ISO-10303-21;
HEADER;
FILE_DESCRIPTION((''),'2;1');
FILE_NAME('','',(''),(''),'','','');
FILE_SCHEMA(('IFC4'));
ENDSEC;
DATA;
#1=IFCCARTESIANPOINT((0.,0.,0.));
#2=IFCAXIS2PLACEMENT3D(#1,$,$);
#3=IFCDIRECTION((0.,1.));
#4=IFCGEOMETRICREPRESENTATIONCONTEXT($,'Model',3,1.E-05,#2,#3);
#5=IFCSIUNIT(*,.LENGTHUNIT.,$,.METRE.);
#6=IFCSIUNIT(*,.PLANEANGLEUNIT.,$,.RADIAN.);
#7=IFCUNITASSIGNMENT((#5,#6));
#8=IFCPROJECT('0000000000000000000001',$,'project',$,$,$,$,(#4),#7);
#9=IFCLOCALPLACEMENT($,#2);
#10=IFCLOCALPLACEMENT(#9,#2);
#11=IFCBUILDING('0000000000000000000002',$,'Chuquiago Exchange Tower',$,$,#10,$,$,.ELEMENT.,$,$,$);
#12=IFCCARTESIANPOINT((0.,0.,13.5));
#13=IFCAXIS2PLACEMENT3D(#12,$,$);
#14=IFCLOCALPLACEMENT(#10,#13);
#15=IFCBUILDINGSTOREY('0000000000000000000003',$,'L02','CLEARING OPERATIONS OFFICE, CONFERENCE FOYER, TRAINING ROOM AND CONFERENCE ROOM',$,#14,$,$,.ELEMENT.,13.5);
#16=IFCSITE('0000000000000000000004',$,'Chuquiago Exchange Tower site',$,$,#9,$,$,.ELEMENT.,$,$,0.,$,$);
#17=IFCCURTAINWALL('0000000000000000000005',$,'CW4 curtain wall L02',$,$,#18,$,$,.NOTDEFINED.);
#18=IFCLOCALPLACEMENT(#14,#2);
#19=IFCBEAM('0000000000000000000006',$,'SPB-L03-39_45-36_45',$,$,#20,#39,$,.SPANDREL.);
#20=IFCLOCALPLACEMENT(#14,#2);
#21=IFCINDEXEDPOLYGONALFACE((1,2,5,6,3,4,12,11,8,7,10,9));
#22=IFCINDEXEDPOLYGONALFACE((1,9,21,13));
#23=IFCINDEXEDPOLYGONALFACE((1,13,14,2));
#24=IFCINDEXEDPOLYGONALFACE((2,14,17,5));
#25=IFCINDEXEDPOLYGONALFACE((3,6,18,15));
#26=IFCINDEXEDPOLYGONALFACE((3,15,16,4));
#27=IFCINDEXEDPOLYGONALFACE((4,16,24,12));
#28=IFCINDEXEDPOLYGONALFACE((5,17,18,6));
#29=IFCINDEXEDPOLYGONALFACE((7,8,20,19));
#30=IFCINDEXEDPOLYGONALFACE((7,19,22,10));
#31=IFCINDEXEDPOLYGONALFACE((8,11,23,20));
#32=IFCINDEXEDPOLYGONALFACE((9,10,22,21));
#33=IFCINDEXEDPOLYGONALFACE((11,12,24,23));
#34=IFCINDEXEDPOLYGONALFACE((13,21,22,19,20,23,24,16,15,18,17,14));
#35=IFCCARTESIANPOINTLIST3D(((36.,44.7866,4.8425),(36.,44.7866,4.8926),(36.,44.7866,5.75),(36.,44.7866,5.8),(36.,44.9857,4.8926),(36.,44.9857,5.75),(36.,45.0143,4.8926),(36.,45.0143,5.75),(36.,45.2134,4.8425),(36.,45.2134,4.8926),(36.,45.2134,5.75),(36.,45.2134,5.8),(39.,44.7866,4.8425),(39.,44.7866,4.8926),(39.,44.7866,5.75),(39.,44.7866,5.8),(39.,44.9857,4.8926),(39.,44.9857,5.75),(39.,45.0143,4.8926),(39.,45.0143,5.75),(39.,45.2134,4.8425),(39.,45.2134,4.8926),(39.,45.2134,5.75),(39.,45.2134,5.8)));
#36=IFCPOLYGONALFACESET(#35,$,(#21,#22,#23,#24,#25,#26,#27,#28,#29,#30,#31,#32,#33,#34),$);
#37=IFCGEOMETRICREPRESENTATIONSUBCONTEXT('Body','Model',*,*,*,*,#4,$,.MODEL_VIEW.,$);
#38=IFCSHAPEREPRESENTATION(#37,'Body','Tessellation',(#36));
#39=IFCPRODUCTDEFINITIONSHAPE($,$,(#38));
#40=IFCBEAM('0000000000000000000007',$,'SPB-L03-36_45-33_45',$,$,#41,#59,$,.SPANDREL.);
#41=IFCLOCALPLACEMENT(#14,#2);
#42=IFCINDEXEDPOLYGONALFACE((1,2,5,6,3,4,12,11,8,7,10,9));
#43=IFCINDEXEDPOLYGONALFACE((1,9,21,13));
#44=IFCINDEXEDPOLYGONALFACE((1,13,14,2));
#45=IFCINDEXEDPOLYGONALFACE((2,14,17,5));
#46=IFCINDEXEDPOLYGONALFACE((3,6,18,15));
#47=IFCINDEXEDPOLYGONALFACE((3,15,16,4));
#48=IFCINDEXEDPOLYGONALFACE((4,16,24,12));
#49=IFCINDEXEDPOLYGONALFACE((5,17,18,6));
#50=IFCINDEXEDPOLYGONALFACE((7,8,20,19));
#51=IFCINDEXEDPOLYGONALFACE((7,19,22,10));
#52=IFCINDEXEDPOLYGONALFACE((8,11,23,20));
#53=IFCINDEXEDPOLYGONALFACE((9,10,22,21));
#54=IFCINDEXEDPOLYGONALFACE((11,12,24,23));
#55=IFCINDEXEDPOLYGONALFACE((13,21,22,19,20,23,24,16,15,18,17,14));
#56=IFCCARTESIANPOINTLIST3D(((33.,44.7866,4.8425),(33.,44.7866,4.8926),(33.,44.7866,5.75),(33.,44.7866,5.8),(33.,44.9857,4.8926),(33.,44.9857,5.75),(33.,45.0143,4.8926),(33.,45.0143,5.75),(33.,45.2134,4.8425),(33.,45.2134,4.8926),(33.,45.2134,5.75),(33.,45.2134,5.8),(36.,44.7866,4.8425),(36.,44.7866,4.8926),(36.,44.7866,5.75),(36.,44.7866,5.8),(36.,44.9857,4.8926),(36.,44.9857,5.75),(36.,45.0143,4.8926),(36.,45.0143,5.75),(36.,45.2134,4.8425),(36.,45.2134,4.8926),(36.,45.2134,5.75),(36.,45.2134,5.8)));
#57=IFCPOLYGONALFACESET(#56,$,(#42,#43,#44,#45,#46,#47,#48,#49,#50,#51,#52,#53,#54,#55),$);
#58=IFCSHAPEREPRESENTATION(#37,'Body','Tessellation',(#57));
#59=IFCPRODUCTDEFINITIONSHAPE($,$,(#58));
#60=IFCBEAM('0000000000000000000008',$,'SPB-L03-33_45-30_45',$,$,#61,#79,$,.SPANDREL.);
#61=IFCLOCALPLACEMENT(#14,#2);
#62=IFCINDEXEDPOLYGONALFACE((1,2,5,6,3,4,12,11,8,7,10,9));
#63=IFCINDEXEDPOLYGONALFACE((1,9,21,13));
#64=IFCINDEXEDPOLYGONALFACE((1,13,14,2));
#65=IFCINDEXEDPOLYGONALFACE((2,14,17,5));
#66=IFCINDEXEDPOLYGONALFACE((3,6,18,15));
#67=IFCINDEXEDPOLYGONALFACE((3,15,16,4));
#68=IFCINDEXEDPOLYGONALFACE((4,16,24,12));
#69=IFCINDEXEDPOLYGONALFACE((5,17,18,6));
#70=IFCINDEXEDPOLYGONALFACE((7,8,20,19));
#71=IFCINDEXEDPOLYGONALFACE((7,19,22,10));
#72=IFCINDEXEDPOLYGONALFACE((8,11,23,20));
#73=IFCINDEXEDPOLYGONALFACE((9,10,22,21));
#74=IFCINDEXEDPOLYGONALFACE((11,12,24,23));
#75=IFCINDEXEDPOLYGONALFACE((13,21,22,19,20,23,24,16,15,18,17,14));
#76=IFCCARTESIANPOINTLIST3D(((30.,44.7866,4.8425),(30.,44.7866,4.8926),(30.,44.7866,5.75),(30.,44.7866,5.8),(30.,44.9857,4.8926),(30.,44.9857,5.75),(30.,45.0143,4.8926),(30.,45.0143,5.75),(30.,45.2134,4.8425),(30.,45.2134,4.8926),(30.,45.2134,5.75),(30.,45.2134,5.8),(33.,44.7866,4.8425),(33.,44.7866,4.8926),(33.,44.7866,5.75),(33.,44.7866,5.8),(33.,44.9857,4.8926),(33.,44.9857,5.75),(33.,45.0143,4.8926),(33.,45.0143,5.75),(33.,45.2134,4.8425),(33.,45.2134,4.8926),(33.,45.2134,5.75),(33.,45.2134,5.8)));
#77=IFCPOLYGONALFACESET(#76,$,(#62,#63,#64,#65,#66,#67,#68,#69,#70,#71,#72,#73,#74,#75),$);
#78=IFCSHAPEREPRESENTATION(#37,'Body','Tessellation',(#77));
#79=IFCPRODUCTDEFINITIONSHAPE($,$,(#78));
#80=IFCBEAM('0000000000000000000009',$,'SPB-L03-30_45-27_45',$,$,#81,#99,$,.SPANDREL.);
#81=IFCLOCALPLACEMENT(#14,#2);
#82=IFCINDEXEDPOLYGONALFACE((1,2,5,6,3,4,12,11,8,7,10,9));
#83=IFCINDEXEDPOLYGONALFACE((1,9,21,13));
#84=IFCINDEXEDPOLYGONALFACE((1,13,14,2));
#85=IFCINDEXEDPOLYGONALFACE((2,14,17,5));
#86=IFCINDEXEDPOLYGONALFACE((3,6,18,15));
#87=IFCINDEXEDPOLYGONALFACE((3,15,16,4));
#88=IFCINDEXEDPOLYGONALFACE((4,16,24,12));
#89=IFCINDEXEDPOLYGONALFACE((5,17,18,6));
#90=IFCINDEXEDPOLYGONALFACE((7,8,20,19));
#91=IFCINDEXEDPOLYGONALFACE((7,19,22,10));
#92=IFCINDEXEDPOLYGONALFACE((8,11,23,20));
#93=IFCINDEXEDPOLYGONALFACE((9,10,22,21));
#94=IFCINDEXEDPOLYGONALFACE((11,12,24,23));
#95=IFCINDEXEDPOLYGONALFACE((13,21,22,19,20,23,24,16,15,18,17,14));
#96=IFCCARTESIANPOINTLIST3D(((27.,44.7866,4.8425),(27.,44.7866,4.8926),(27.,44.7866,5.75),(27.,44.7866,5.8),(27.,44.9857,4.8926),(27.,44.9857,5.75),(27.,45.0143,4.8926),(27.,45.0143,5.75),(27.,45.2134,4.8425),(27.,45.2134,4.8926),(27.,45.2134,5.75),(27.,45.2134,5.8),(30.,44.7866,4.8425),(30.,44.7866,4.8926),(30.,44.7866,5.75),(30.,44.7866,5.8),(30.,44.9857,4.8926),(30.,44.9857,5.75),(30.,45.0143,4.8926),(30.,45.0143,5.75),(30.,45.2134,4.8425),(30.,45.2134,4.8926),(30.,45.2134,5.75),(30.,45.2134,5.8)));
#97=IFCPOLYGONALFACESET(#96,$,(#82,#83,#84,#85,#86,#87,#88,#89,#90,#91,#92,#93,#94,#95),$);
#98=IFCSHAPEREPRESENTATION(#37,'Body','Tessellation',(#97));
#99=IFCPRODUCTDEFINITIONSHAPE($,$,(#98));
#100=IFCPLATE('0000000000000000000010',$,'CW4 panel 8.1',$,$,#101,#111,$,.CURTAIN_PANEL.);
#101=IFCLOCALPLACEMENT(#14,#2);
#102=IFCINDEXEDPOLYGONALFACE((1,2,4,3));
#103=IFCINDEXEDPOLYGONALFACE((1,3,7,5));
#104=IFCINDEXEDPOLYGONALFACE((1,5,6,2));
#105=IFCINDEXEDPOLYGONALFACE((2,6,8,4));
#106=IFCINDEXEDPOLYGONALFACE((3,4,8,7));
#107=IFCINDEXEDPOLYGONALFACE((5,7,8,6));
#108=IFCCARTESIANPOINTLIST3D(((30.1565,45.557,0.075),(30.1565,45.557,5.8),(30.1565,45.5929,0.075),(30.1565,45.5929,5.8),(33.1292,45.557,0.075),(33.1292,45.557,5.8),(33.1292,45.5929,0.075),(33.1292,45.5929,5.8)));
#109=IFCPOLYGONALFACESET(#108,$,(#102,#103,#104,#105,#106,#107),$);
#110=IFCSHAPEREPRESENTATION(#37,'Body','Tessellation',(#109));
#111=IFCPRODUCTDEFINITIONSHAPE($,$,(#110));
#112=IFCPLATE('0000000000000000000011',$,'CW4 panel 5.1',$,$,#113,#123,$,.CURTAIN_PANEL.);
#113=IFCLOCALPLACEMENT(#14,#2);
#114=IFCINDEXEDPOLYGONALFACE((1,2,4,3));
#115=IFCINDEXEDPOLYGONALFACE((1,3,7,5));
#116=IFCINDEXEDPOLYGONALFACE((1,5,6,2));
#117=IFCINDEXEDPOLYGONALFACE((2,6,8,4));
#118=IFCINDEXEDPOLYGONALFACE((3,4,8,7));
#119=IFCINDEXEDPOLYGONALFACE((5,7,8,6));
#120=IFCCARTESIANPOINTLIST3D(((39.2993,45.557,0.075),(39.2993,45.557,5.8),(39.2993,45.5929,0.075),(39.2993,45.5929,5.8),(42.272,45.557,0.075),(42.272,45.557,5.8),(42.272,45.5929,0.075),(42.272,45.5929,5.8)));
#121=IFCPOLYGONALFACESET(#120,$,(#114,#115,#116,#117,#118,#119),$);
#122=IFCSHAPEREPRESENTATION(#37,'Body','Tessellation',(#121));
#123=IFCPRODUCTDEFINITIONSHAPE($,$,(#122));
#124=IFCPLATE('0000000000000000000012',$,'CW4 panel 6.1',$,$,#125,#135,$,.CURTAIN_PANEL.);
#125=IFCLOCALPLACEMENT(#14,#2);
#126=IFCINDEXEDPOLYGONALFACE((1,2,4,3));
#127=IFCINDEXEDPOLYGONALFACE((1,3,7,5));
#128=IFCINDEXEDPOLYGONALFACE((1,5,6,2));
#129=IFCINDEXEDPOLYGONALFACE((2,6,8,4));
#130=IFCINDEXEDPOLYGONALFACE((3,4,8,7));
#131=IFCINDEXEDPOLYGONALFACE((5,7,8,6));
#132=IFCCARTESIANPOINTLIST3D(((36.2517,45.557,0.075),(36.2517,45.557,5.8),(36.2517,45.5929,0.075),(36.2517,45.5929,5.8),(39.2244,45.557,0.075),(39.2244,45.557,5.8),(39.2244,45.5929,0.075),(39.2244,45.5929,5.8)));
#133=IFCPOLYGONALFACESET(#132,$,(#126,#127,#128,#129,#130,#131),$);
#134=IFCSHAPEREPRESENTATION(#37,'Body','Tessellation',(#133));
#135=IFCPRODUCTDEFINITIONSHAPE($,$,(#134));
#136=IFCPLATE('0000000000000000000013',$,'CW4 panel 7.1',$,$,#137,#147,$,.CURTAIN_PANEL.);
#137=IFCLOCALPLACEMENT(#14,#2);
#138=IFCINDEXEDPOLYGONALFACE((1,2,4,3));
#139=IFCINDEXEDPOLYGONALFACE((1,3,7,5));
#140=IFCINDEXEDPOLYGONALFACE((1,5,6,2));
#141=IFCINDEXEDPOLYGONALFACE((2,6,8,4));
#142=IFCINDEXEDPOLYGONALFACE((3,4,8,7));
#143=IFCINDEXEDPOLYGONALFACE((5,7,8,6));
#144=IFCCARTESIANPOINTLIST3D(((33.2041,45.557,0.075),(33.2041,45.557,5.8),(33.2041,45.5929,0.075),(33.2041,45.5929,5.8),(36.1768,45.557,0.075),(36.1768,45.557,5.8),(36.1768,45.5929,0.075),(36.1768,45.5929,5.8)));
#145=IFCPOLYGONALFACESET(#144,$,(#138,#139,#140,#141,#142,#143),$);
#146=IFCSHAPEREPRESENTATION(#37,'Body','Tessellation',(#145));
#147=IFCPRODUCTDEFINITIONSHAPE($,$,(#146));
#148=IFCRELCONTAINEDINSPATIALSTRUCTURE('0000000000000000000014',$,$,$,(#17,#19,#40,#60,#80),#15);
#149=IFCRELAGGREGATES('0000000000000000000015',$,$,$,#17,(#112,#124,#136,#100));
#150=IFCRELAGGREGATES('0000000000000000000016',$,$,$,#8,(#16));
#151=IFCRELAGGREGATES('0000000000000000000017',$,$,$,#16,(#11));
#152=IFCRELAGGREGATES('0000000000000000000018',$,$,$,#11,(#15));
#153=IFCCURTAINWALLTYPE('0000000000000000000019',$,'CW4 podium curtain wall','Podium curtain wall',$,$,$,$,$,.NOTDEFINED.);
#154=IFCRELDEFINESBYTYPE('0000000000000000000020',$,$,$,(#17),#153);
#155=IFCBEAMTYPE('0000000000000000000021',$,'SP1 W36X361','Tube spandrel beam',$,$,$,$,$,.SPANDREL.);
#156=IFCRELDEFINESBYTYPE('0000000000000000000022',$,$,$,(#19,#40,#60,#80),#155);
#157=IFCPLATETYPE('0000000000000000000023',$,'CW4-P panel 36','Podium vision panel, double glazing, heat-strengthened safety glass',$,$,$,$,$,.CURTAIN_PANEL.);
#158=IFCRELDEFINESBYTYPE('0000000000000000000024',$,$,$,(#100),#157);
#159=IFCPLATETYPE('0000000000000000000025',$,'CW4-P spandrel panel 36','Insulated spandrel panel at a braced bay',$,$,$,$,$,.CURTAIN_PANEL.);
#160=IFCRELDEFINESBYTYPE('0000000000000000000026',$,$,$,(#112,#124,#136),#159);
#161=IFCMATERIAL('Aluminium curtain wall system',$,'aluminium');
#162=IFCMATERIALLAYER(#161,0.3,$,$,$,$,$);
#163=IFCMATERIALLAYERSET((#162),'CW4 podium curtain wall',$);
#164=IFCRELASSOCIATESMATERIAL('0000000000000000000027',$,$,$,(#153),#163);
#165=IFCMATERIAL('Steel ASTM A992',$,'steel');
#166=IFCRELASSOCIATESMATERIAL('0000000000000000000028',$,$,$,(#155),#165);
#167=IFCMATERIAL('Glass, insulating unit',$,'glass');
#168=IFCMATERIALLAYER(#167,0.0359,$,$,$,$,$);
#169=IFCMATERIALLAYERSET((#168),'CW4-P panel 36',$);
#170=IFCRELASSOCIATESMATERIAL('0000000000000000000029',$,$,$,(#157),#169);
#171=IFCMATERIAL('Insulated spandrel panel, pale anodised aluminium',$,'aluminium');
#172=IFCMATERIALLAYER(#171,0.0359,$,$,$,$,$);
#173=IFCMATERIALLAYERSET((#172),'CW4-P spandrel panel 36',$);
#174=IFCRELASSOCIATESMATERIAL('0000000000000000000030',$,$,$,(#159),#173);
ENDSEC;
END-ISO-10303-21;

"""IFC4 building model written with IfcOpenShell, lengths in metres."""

from ifc_helpers import new_model, si_unit, direction, frame, origin, origin_2d, place, context, subcontext, project, spatial, rectangle, i_section, extrude, material, layer, layer_set, material_profile, profile_set, type_object, element, aggregate, save


model = new_model("IFC4")

# Units and contexts
model_context = context("Model", 3, precision=1e-05, world=origin(), true_north=direction((0.0, 1.0)))
body_context = subcontext(model_context, "Body", "Model", "MODEL_VIEW")
ifc_project = project(units=[si_unit("LENGTHUNIT", "METRE"), si_unit("PLANEANGLEUNIT", "RADIAN")], contexts=[model_context])

# Site, building, storey
site_placement = place(None, origin())
site = spatial("IfcSite", under=ifc_project, at=site_placement, Name="Chuquiago Exchange Tower site", CompositionType="ELEMENT", RefElevation=0.0)
building_placement = place(site_placement, origin())
building = spatial("IfcBuilding", under=site, at=building_placement, Name="Chuquiago Exchange Tower", CompositionType="ELEMENT")
storey_placement = place(building_placement, frame((0.0, 0.0, 13.5)))
storey = spatial("IfcBuildingStorey", under=building, at=storey_placement, Name="L02", Description="CLEARING OPERATIONS OFFICE, CONFERENCE FOYER, TRAINING ROOM AND CONFERENCE ROOM", CompositionType="ELEMENT", Elevation=13.5)

# Curtain wall
ifc_material_1 = material(Name="Aluminium curtain wall system", Category="aluminium")
ifc_layer_1 = layer(ifc_material_1, 0.3)
ifc_layer_set_1 = layer_set([ifc_layer_1], Name="CW4 podium curtain wall")
curtain_wall_type = type_object("IfcCurtainWallType", Name="CW4 podium curtain wall", Description="Podium curtain wall", PredefinedType="NOTDEFINED", material=ifc_layer_set_1)
curtain_wall_placement = place(storey_placement, origin())
curtain_wall = element("IfcCurtainWall", 1, at=curtain_wall_placement, inside=storey, type_object=curtain_wall_type, Name="CW4 curtain wall L02", PredefinedType="NOTDEFINED")

# Beams
ifc_material_2 = material(Name="Steel ASTM A992", Category="steel")
ifc_material_profile_1 = material_profile(ifc_material_2, i_section(OverallWidth=0.4268, OverallDepth=0.9575, WebThickness=0.0286, FlangeThickness=0.05, at=origin_2d()), Name="W36X361")
ifc_profile_set_1 = profile_set([ifc_material_profile_1], Name="Steel ASTM A992")
beam_type_1 = type_object("IfcBeamType", Name="SP1 W36X361", Description="Tube spandrel beam", PredefinedType="SPANDREL", material=ifc_profile_set_1)
for number, where, z_axis, x_axis, name in (
    (2, (39.0, 45.0, 5.3213), (-1.0, 0.0, 0.0), (0.0, -1.0, 0.0), "SPB-L03-39_45-36_45"),
    (3, (36.0, 45.0, 5.3213), (-1.0, 0.0, 0.0), (0.0, -1.0, 0.0), "SPB-L03-36_45-33_45"),
    (4, (33.0, 45.0, 5.3213), (-1.0, 0.0, 0.0), (0.0, -1.0, 0.0), "SPB-L03-33_45-30_45"),
    (5, (30.0, 45.0, 5.3213), (-1.0, 0.0, 0.0), (0.0, -1.0, 0.0), "SPB-L03-30_45-27_45"),
):
    element("IfcBeam", number, at=place(storey_placement, frame(where, z_axis=z_axis, x_axis=x_axis)), inside=storey, type_object=beam_type_1, Name=name, PredefinedType="SPANDREL", context=body_context, shape_type="SweptSolid", body=[
        extrude(i_section(OverallWidth=0.4268, OverallDepth=0.9575, WebThickness=0.0286, FlangeThickness=0.05, at=origin_2d()), origin(), (0.0, 0.0, 1.0), 3.0),
    ])

# Plates
ifc_material_3 = material(Name="Glass, insulating unit", Category="glass")
ifc_layer_2 = layer(ifc_material_3, 0.0359)
ifc_layer_set_2 = layer_set([ifc_layer_2], Name="CW4-P panel 36")
plate_type_1 = type_object("IfcPlateType", Name="CW4-P panel 36", Description="Podium vision panel, double glazing, heat-strengthened safety glass", PredefinedType="CURTAIN_PANEL", material=ifc_layer_set_2)
plate_1_placement = place(storey_placement, frame((31.6428, 45.575, 0.075), z_axis=(0.0, 0.0, 1.0), x_axis=(-1.0, 0.0, 0.0)))
plate_1 = element("IfcPlate", 6, at=plate_1_placement, type_object=plate_type_1, Name="CW4 panel 8.1", PredefinedType="CURTAIN_PANEL", context=body_context, shape_type="SweptSolid", body=[
    extrude(rectangle(XDim=2.9727, YDim=0.0359, at=origin_2d()), origin(), (0.0, 0.0, 1.0), 5.7251),
])
ifc_material_4 = material(Name="Insulated spandrel panel, pale anodised aluminium", Category="aluminium")
ifc_layer_3 = layer(ifc_material_4, 0.0359)
ifc_layer_set_3 = layer_set([ifc_layer_3], Name="CW4-P spandrel panel 36")
plate_type_2 = type_object("IfcPlateType", Name="CW4-P spandrel panel 36", Description="Insulated spandrel panel at a braced bay", PredefinedType="CURTAIN_PANEL", material=ifc_layer_set_3)
plate_2_placement = place(storey_placement, frame((40.7856, 45.575, 0.075), z_axis=(0.0, 0.0, 1.0), x_axis=(-1.0, 0.0, 0.0)))
plate_2 = element("IfcPlate", 7, at=plate_2_placement, type_object=plate_type_2, Name="CW4 panel 5.1", PredefinedType="CURTAIN_PANEL", context=body_context, shape_type="SweptSolid", body=[
    extrude(rectangle(XDim=2.9727, YDim=0.0359, at=origin_2d()), origin(), (0.0, 0.0, 1.0), 5.7251),
])
plate_3_placement = place(storey_placement, frame((37.738, 45.575, 0.075), z_axis=(0.0, 0.0, 1.0), x_axis=(-1.0, 0.0, 0.0)))
plate_3 = element("IfcPlate", 8, at=plate_3_placement, type_object=plate_type_2, Name="CW4 panel 6.1", PredefinedType="CURTAIN_PANEL", context=body_context, shape_type="SweptSolid", body=[
    extrude(rectangle(XDim=2.9727, YDim=0.0359, at=origin_2d()), origin(), (0.0, 0.0, 1.0), 5.7251),
])
plate_4_placement = place(storey_placement, frame((34.6904, 45.575, 0.075), z_axis=(0.0, 0.0, 1.0), x_axis=(-1.0, 0.0, 0.0)))
plate_4 = element("IfcPlate", 9, at=plate_4_placement, type_object=plate_type_2, Name="CW4 panel 7.1", PredefinedType="CURTAIN_PANEL", context=body_context, shape_type="SweptSolid", body=[
    extrude(rectangle(XDim=2.9727, YDim=0.0359, at=origin_2d()), origin(), (0.0, 0.0, 1.0), 5.7251),
])
aggregate(curtain_wall, [plate_2, plate_3, plate_4, plate_1])

save(model, "model.ifc")
